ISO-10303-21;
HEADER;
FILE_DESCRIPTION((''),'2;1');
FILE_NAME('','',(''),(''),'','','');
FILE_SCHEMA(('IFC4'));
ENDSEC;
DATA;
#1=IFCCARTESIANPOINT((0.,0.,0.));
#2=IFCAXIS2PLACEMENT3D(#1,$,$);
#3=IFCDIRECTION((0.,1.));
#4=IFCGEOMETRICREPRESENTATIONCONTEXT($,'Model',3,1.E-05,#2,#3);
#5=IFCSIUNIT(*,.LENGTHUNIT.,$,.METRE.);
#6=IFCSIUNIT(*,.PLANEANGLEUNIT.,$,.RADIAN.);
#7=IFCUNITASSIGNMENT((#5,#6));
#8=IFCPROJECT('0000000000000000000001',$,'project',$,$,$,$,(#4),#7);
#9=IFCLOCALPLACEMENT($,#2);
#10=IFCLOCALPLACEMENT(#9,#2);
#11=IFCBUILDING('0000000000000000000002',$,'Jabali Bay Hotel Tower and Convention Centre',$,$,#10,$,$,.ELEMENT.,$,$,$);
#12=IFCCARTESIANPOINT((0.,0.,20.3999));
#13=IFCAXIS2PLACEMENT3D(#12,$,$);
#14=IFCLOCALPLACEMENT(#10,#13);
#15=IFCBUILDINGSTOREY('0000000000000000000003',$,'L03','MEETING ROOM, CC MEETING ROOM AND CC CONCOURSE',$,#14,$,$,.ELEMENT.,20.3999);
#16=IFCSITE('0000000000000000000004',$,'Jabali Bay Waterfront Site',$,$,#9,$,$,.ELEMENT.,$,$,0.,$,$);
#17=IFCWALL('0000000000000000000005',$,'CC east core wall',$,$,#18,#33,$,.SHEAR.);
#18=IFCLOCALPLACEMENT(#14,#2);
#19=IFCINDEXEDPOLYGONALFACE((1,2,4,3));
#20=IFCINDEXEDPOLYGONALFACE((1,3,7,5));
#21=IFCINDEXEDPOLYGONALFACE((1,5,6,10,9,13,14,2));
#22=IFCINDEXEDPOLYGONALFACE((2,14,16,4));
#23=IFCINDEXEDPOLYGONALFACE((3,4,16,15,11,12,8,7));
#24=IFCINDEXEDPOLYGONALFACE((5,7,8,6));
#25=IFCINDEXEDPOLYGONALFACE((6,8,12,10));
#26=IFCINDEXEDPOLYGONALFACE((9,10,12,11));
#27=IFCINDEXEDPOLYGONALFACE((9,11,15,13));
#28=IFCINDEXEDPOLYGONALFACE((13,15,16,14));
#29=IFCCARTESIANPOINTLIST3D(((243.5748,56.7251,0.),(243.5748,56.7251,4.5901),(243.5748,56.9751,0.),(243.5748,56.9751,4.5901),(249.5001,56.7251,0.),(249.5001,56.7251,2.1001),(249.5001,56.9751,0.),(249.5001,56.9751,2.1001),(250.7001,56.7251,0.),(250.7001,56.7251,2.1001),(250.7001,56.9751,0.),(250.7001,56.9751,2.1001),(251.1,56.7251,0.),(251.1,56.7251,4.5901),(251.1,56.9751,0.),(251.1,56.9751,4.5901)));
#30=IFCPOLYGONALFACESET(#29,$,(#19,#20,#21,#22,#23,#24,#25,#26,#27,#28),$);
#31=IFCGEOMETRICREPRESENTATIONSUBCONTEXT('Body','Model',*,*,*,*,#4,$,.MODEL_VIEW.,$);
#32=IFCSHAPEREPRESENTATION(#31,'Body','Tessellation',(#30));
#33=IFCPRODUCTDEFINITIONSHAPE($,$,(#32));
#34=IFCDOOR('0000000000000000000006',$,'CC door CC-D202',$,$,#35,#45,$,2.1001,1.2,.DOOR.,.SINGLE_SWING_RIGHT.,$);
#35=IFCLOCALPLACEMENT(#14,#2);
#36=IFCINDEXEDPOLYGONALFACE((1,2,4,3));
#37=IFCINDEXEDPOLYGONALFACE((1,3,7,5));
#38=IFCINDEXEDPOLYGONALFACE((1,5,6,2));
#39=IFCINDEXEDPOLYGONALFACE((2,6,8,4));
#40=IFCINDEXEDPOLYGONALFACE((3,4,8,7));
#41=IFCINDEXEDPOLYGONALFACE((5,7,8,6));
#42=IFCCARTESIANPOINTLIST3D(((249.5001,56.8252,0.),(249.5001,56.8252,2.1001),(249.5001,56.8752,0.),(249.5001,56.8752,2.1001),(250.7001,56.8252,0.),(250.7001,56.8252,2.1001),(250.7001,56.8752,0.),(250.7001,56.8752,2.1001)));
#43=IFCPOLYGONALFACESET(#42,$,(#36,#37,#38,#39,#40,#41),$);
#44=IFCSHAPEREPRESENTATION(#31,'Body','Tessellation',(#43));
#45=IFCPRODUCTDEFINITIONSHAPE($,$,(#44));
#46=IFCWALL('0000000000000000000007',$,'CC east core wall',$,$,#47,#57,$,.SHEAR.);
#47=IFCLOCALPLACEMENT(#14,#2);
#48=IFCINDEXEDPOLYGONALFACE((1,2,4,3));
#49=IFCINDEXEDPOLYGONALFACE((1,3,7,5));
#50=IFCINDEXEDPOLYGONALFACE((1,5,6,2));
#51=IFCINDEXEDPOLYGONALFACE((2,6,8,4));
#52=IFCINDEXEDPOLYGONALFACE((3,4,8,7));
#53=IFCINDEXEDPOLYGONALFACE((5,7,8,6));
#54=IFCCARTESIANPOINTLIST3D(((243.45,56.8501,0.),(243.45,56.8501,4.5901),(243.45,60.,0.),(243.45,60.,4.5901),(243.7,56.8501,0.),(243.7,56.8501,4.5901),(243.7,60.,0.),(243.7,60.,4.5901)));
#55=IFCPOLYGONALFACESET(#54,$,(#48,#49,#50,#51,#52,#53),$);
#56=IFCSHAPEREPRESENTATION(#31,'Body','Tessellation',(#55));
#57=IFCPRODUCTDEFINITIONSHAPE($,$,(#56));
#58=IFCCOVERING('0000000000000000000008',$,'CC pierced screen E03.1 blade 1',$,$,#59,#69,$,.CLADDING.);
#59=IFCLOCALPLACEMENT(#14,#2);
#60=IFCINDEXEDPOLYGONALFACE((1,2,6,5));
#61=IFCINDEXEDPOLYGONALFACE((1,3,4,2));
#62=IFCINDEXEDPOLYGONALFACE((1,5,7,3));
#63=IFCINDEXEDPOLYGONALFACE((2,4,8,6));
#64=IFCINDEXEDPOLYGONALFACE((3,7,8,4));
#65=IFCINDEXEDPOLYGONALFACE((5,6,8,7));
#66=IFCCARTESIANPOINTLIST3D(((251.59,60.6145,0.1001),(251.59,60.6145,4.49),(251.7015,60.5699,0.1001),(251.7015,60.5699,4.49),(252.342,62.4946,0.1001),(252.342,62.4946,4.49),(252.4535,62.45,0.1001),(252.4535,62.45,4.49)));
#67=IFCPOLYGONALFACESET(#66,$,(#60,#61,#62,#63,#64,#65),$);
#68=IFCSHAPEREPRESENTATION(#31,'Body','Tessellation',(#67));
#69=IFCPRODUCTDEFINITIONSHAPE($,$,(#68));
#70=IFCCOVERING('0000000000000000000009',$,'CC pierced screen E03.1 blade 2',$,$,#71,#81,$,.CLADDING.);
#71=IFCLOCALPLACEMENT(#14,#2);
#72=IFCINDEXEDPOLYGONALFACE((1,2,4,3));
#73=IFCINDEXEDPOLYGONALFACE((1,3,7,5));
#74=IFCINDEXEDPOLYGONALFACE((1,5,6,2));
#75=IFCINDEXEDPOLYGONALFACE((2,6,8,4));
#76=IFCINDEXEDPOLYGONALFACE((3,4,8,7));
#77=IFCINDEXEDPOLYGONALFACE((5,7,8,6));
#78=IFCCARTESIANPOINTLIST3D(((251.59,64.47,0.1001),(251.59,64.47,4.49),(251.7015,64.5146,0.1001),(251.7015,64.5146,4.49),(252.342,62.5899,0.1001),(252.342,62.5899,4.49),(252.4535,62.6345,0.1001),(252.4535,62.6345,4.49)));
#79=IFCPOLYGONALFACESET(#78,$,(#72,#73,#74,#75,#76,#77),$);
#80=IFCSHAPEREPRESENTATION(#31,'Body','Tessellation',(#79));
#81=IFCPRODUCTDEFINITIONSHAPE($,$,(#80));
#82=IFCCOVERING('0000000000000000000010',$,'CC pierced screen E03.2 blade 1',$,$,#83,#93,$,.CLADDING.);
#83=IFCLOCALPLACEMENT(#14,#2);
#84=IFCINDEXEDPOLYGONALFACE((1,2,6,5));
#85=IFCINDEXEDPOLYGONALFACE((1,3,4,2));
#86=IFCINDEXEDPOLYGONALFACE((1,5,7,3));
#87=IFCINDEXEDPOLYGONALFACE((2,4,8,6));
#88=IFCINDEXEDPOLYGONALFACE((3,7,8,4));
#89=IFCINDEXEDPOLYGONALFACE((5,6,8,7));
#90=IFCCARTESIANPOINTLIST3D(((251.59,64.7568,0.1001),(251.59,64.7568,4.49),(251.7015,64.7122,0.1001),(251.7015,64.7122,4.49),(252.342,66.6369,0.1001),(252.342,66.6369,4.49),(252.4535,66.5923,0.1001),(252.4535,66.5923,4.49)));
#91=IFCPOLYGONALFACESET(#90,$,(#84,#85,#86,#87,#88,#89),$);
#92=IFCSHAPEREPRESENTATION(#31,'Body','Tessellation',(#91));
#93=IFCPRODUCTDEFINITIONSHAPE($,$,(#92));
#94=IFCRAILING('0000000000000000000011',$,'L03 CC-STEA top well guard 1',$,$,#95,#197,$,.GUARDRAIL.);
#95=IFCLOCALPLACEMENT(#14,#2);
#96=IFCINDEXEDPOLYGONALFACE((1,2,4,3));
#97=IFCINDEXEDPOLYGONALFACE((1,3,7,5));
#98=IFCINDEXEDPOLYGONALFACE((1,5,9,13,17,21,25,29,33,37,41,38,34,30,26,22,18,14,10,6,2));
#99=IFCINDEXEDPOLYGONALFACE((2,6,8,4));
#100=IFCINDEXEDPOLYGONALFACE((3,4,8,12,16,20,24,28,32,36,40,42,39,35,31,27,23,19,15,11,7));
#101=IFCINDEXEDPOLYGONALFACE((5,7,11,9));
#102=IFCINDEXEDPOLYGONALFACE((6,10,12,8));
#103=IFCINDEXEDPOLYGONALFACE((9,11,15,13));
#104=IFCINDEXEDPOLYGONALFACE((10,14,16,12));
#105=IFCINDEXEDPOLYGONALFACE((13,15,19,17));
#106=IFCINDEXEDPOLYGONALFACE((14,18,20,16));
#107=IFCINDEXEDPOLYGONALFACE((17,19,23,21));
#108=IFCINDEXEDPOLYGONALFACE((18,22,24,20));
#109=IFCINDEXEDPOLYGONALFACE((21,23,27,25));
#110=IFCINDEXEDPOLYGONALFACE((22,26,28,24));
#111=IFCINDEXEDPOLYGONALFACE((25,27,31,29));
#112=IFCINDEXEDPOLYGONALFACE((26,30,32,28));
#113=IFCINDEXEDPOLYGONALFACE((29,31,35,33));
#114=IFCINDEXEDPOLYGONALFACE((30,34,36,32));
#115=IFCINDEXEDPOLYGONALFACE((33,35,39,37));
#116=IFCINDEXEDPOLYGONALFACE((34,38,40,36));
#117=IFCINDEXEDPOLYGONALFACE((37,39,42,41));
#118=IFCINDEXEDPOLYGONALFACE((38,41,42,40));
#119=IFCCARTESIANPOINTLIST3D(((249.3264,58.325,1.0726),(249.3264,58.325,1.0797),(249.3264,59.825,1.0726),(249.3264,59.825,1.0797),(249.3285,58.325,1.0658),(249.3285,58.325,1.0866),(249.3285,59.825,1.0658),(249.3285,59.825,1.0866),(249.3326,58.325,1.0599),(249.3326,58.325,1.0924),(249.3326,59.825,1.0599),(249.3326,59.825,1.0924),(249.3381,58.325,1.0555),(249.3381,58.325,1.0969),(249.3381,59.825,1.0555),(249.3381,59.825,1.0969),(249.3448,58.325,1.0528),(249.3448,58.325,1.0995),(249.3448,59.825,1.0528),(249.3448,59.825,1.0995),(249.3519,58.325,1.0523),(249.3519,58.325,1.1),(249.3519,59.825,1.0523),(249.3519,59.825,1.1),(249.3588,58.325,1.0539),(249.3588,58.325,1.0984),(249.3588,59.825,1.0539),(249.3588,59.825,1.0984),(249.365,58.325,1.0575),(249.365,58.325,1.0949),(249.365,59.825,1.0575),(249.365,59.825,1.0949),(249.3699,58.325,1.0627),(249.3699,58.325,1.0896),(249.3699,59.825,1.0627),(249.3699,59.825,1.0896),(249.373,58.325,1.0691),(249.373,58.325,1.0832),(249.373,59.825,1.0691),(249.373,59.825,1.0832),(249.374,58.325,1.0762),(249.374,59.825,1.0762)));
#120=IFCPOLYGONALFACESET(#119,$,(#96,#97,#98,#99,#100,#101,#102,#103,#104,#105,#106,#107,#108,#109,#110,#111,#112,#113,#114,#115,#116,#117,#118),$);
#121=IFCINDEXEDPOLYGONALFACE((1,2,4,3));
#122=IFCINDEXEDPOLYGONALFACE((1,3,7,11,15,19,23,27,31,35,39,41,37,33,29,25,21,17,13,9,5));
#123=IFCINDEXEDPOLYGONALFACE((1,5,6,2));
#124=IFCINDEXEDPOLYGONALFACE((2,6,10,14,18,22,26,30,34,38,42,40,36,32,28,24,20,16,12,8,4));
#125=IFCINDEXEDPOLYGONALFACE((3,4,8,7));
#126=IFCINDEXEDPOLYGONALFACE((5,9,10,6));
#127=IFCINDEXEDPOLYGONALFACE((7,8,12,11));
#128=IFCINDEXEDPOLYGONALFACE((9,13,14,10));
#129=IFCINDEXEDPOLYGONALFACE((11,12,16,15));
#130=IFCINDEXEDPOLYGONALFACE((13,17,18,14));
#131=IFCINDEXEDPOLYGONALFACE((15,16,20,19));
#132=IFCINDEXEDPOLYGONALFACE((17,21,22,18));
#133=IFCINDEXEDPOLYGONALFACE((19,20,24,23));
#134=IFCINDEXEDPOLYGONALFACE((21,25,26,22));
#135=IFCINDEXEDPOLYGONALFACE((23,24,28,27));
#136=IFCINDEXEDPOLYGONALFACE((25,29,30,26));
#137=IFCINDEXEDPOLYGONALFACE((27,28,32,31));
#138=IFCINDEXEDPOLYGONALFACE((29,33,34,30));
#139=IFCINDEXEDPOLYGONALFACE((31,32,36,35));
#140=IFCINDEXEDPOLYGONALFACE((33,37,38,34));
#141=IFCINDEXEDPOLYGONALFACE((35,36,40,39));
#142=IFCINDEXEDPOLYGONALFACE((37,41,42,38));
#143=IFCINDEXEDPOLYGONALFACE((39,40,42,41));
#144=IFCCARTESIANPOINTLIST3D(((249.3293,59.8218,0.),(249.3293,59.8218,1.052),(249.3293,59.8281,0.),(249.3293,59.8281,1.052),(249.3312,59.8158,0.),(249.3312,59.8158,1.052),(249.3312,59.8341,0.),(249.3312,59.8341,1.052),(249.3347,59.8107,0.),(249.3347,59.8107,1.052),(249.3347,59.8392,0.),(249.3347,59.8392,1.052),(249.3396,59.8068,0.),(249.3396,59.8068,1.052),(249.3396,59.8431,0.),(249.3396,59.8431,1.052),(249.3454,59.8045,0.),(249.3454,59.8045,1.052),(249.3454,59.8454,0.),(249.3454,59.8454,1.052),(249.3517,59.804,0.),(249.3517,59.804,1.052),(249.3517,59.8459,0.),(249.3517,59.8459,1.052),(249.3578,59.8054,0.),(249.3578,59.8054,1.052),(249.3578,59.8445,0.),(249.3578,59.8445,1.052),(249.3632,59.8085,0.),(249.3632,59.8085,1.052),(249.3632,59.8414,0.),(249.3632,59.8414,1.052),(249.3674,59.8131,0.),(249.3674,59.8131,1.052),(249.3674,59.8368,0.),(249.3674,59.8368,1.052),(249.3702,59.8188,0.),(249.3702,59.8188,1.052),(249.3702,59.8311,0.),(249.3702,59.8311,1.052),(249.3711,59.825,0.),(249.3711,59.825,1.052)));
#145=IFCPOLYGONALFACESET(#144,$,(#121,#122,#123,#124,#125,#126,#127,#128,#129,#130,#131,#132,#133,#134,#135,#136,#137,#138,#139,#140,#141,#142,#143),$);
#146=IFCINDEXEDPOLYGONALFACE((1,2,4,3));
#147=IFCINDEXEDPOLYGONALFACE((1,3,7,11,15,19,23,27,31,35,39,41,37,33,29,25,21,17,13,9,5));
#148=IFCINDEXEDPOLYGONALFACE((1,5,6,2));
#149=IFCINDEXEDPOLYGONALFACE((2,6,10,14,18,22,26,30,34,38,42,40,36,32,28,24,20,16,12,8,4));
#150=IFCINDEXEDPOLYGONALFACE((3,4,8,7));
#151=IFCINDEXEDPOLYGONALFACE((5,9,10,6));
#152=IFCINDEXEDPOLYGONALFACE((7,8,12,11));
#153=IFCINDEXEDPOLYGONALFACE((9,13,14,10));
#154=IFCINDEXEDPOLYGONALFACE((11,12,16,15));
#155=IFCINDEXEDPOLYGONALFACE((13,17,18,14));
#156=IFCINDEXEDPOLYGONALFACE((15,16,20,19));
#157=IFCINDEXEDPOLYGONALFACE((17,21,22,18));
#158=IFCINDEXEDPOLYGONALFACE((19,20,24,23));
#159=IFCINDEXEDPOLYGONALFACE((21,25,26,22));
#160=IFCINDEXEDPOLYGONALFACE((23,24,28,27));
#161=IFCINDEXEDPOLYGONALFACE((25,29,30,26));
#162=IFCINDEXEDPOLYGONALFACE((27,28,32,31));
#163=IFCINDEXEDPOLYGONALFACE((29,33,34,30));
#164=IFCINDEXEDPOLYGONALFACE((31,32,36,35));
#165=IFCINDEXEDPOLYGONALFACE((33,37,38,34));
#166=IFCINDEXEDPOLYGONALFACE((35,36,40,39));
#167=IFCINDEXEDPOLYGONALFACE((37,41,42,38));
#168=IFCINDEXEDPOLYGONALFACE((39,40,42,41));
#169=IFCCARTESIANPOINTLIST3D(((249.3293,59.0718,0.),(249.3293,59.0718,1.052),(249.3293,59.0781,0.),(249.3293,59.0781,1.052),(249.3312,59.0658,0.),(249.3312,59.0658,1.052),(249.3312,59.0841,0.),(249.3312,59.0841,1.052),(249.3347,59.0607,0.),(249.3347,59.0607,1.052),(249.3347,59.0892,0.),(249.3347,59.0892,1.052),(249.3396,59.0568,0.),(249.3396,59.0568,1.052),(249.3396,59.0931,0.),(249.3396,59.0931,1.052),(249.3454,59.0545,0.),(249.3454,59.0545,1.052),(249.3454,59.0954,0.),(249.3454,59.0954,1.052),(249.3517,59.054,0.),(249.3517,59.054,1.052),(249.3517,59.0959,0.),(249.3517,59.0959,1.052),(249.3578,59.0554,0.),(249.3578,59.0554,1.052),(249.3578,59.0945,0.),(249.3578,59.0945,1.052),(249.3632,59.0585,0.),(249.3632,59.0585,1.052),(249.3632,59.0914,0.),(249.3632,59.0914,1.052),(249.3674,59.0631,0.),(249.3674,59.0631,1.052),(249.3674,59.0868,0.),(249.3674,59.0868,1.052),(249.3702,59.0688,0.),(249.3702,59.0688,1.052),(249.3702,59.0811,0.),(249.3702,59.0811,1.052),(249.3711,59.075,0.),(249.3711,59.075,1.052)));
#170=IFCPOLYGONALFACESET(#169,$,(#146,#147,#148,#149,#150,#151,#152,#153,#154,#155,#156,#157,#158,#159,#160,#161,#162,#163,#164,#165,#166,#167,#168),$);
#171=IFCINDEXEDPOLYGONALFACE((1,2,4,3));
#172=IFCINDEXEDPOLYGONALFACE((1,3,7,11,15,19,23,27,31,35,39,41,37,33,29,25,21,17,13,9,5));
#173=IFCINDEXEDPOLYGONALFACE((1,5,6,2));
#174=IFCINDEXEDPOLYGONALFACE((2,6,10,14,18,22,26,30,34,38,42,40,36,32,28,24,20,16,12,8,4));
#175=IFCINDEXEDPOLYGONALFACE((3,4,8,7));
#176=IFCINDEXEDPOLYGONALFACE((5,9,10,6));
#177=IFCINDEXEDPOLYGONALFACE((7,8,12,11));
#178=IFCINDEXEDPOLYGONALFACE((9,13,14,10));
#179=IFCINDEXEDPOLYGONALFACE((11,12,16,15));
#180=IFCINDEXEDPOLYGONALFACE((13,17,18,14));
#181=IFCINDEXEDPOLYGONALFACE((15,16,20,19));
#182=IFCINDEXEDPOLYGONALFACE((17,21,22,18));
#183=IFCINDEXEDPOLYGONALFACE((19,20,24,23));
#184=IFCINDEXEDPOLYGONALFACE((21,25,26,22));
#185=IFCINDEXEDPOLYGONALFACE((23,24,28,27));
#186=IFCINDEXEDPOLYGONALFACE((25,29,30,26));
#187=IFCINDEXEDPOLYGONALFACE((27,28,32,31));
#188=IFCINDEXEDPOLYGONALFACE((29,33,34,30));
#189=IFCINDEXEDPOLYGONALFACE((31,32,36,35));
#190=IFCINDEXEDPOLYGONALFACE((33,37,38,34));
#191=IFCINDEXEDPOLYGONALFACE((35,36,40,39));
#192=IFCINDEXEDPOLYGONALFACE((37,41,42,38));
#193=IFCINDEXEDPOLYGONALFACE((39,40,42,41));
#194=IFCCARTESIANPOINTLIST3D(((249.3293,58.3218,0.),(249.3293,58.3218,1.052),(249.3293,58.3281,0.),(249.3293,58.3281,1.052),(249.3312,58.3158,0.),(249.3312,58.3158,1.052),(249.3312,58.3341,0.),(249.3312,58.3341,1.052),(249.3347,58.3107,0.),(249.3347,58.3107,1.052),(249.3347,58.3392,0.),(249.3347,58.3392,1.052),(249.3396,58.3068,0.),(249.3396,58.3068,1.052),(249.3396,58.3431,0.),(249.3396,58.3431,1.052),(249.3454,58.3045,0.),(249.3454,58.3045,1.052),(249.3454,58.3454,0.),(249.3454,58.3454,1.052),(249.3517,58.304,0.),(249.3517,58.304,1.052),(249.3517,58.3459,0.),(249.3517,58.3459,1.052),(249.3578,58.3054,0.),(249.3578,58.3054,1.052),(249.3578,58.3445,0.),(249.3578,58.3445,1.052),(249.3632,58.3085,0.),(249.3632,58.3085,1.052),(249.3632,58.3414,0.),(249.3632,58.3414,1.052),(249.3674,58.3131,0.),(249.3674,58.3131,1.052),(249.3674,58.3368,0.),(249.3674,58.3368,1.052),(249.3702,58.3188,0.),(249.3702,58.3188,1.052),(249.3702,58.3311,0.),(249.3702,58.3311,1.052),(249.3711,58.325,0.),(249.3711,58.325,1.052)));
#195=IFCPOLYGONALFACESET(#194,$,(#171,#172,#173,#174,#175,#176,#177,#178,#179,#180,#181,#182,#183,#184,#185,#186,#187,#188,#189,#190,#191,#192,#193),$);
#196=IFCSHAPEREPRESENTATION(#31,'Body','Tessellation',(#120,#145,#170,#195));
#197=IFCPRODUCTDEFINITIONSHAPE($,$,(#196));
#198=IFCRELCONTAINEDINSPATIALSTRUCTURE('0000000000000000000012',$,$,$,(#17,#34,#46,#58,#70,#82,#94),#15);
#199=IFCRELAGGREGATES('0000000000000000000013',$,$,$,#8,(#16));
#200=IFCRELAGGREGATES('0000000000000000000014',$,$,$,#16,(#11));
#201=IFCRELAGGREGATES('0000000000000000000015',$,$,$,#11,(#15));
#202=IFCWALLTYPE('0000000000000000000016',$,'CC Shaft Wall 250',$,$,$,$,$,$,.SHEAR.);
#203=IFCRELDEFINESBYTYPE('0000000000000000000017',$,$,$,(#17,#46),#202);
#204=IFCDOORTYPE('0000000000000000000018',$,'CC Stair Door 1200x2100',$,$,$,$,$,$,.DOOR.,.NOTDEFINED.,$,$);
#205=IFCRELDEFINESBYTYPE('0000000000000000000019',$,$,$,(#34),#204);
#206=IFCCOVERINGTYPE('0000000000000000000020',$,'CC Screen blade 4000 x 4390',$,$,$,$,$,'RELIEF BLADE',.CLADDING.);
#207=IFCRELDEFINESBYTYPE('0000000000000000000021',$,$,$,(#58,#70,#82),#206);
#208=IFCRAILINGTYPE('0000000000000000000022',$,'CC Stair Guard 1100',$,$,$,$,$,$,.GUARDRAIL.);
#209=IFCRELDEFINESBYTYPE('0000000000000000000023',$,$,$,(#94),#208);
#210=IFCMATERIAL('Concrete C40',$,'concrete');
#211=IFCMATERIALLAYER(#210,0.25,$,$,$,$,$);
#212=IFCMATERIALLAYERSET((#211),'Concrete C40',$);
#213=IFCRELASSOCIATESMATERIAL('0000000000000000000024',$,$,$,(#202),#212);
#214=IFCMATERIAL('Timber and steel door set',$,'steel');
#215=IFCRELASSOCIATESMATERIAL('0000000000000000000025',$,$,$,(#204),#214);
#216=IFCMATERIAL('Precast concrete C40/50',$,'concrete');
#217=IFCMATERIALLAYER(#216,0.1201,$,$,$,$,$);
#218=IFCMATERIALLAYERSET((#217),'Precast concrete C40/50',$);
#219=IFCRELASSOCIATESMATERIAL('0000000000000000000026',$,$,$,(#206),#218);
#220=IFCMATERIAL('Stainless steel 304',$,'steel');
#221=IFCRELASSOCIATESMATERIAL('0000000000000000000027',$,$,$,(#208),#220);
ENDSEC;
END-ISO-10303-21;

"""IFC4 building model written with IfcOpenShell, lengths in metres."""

from ifc_helpers import new_model, si_unit, direction, frame, frame_2d, origin, origin_2d, place, context, subcontext, project, spatial, rectangle, circle, extrude, material, layer, layer_set, type_object, element, fill, save


model = new_model("IFC4")

# Units and contexts
model_context = context("Model", 3, precision=1e-05, world=origin(), true_north=direction((0.0, 1.0)))
body_context = subcontext(model_context, "Body", "Model", "MODEL_VIEW")
ifc_project = project(units=[si_unit("LENGTHUNIT", "METRE"), si_unit("PLANEANGLEUNIT", "RADIAN")], contexts=[model_context])

# Site, building, storey
site_placement = place(None, origin())
site = spatial("IfcSite", under=ifc_project, at=site_placement, Name="Jabali Bay Waterfront Site", CompositionType="ELEMENT", RefElevation=0.0)
building_placement = place(site_placement, origin())
building = spatial("IfcBuilding", under=site, at=building_placement, Name="Jabali Bay Hotel Tower and Convention Centre", CompositionType="ELEMENT")
storey_placement = place(building_placement, frame((0.0, 0.0, 20.3999)))
storey = spatial("IfcBuildingStorey", under=building, at=storey_placement, Name="L03", Description="MEETING ROOM, CC MEETING ROOM AND CC CONCOURSE", CompositionType="ELEMENT", Elevation=20.3999)

# Shared definitions
ifc_material_1 = material(Name="Precast concrete C40/50", Category="concrete")

# Shared definitions
ifc_material_2 = material(Name="Concrete C40", Category="concrete")

# Wall, opening, door
ifc_material_3 = material(Name="Timber and steel door set", Category="steel")
ifc_layer_1 = layer(ifc_material_2, 0.25)
ifc_layer_set_1 = layer_set([ifc_layer_1], Name="Concrete C40")
wall_type_1 = type_object("IfcWallType", Name="CC Shaft Wall 250", PredefinedType="SHEAR", material=ifc_layer_set_1)
wall_1_placement = place(storey_placement, frame((251.1001, 56.8501, 0.0), z_axis=(0.0, 0.0, 1.0), x_axis=(-1.0, 0.0, 0.0)))
wall_1 = element("IfcWall", 1, at=wall_1_placement, inside=storey, type_object=wall_type_1, Name="CC east core wall", PredefinedType="SHEAR", context=body_context, shape_type="SweptSolid", body=[
    extrude(rectangle(XDim=7.5251, YDim=0.25, at=frame_2d((3.7627, 0.0))), origin(), (0.0, 0.0, 1.0), 4.5901),
])
opening_1_placement = place(wall_1_placement, frame((0.3999, 0.0, 0.0)))
opening_1 = element("IfcOpeningElement", 2, at=opening_1_placement, cuts=wall_1, PredefinedType="OPENING", context=body_context, shape_type="SweptSolid", body=[
    extrude(rectangle(XDim=1.2, YDim=2.1001, at=frame_2d((0.6001, 1.05))), frame((0.0, 0.1355, 0.0), z_axis=(0.0, -1.0, 0.0), x_axis=(1.0, 0.0, 0.0)), (0.0, 0.0, 1.0), 0.271),
])
door_type_1 = type_object("IfcDoorType", Name="CC Stair Door 1200x2100", OperationType="NOTDEFINED", PredefinedType="DOOR", material=ifc_material_3)
door_1_placement = place(opening_1_placement, origin())
door_1 = element("IfcDoor", 3, at=door_1_placement, inside=storey, type_object=door_type_1, Name="CC door CC-D202", OperationType="SINGLE_SWING_RIGHT", OverallHeight=2.1001, OverallWidth=1.2, PredefinedType="DOOR", context=body_context, shape_type="SweptSolid", body=[
    extrude(rectangle(XDim=1.2, YDim=2.1001, at=frame_2d((0.6001, 1.05))), frame((0.0, 0.0249, 0.0), z_axis=(0.0, -1.0, 0.0), x_axis=(1.0, 0.0, 0.0)), (0.0, 0.0, 1.0), 0.05),
])
fill(opening_1, door_1)

# Wall
wall_2_placement = place(storey_placement, frame((243.575, 56.8501, 0.0), z_axis=(0.0, 0.0, 1.0), x_axis=(0.0, 1.0, 0.0)))
element("IfcWall", 4, at=wall_2_placement, inside=storey, type_object=wall_type_1, Name="CC east core wall", PredefinedType="SHEAR", context=body_context, shape_type="SweptSolid", body=[
    extrude(rectangle(XDim=3.1499, YDim=0.25, at=frame_2d((1.575, 0.0))), origin(), (0.0, 0.0, 1.0), 4.5901),
])

# Coverings
ifc_layer_2 = layer(ifc_material_1, 0.1201)
ifc_layer_set_2 = layer_set([ifc_layer_2], Name="Precast concrete C40/50")
covering_type = type_object("IfcCoveringType", Name="CC Screen blade 4000 x 4390", ElementType="RELIEF BLADE", PredefinedType="CLADDING", material=ifc_layer_set_2)
for number, where, z_axis, x_axis, name in (
    (5, (252.0217, 61.5322, 0.1001), (0.0, 0.0, 1.0), (0.371391, 0.928477, 0.0), "CC pierced screen E03.1 blade 1"),
    (6, (252.0217, 63.5522, 0.1001), (0.0, 0.0, 1.0), (0.371391, -0.928477, 0.0), "CC pierced screen E03.1 blade 2"),
    (7, (252.0217, 65.6746, 0.1001), (0.0, 0.0, 1.0), (0.371391, 0.928477, 0.0), "CC pierced screen E03.2 blade 1"),
):
    element("IfcCovering", number, at=place(storey_placement, frame(where, z_axis=z_axis, x_axis=x_axis)), inside=storey, type_object=covering_type, Name=name, PredefinedType="CLADDING", context=body_context, shape_type="SweptSolid", body=[
        extrude(rectangle(XDim=2.0249, YDim=0.1201, at=origin_2d()), origin(), (0.0, 0.0, 1.0), 4.3899),
    ])

# Railing
ifc_material_4 = material(Name="Stainless steel 304", Category="steel")
railing_type = type_object("IfcRailingType", Name="CC Stair Guard 1100", PredefinedType="GUARDRAIL", material=ifc_material_4)
railing_placement = place(storey_placement, frame((249.3501, 59.825, 0.0)))
element("IfcRailing", 8, at=railing_placement, inside=storey, type_object=railing_type, Name="L03 CC-STEA top well guard 1", PredefinedType="GUARDRAIL", context=body_context, shape_type="SweptSolid", body=[
    extrude(circle(Radius=0.0239, at=origin_2d()), frame((0.0, 0.0, 1.0762), z_axis=(0.0, -1.0, 0.0), x_axis=(1.0, 0.0, 0.0)), (0.0, 0.0, 1.0), 1.5),
    extrude(circle(Radius=0.021, at=origin_2d()), origin(), (0.0, 0.0, 1.0), 1.052),
    extrude(circle(Radius=0.021, at=origin_2d()), frame((0.0, -0.75, 0.0)), (0.0, 0.0, 1.0), 1.052),
    extrude(circle(Radius=0.021, at=origin_2d()), frame((0.0, -1.5, 0.0)), (0.0, 0.0, 1.0), 1.052),
])

save(model, "model.ifc")
